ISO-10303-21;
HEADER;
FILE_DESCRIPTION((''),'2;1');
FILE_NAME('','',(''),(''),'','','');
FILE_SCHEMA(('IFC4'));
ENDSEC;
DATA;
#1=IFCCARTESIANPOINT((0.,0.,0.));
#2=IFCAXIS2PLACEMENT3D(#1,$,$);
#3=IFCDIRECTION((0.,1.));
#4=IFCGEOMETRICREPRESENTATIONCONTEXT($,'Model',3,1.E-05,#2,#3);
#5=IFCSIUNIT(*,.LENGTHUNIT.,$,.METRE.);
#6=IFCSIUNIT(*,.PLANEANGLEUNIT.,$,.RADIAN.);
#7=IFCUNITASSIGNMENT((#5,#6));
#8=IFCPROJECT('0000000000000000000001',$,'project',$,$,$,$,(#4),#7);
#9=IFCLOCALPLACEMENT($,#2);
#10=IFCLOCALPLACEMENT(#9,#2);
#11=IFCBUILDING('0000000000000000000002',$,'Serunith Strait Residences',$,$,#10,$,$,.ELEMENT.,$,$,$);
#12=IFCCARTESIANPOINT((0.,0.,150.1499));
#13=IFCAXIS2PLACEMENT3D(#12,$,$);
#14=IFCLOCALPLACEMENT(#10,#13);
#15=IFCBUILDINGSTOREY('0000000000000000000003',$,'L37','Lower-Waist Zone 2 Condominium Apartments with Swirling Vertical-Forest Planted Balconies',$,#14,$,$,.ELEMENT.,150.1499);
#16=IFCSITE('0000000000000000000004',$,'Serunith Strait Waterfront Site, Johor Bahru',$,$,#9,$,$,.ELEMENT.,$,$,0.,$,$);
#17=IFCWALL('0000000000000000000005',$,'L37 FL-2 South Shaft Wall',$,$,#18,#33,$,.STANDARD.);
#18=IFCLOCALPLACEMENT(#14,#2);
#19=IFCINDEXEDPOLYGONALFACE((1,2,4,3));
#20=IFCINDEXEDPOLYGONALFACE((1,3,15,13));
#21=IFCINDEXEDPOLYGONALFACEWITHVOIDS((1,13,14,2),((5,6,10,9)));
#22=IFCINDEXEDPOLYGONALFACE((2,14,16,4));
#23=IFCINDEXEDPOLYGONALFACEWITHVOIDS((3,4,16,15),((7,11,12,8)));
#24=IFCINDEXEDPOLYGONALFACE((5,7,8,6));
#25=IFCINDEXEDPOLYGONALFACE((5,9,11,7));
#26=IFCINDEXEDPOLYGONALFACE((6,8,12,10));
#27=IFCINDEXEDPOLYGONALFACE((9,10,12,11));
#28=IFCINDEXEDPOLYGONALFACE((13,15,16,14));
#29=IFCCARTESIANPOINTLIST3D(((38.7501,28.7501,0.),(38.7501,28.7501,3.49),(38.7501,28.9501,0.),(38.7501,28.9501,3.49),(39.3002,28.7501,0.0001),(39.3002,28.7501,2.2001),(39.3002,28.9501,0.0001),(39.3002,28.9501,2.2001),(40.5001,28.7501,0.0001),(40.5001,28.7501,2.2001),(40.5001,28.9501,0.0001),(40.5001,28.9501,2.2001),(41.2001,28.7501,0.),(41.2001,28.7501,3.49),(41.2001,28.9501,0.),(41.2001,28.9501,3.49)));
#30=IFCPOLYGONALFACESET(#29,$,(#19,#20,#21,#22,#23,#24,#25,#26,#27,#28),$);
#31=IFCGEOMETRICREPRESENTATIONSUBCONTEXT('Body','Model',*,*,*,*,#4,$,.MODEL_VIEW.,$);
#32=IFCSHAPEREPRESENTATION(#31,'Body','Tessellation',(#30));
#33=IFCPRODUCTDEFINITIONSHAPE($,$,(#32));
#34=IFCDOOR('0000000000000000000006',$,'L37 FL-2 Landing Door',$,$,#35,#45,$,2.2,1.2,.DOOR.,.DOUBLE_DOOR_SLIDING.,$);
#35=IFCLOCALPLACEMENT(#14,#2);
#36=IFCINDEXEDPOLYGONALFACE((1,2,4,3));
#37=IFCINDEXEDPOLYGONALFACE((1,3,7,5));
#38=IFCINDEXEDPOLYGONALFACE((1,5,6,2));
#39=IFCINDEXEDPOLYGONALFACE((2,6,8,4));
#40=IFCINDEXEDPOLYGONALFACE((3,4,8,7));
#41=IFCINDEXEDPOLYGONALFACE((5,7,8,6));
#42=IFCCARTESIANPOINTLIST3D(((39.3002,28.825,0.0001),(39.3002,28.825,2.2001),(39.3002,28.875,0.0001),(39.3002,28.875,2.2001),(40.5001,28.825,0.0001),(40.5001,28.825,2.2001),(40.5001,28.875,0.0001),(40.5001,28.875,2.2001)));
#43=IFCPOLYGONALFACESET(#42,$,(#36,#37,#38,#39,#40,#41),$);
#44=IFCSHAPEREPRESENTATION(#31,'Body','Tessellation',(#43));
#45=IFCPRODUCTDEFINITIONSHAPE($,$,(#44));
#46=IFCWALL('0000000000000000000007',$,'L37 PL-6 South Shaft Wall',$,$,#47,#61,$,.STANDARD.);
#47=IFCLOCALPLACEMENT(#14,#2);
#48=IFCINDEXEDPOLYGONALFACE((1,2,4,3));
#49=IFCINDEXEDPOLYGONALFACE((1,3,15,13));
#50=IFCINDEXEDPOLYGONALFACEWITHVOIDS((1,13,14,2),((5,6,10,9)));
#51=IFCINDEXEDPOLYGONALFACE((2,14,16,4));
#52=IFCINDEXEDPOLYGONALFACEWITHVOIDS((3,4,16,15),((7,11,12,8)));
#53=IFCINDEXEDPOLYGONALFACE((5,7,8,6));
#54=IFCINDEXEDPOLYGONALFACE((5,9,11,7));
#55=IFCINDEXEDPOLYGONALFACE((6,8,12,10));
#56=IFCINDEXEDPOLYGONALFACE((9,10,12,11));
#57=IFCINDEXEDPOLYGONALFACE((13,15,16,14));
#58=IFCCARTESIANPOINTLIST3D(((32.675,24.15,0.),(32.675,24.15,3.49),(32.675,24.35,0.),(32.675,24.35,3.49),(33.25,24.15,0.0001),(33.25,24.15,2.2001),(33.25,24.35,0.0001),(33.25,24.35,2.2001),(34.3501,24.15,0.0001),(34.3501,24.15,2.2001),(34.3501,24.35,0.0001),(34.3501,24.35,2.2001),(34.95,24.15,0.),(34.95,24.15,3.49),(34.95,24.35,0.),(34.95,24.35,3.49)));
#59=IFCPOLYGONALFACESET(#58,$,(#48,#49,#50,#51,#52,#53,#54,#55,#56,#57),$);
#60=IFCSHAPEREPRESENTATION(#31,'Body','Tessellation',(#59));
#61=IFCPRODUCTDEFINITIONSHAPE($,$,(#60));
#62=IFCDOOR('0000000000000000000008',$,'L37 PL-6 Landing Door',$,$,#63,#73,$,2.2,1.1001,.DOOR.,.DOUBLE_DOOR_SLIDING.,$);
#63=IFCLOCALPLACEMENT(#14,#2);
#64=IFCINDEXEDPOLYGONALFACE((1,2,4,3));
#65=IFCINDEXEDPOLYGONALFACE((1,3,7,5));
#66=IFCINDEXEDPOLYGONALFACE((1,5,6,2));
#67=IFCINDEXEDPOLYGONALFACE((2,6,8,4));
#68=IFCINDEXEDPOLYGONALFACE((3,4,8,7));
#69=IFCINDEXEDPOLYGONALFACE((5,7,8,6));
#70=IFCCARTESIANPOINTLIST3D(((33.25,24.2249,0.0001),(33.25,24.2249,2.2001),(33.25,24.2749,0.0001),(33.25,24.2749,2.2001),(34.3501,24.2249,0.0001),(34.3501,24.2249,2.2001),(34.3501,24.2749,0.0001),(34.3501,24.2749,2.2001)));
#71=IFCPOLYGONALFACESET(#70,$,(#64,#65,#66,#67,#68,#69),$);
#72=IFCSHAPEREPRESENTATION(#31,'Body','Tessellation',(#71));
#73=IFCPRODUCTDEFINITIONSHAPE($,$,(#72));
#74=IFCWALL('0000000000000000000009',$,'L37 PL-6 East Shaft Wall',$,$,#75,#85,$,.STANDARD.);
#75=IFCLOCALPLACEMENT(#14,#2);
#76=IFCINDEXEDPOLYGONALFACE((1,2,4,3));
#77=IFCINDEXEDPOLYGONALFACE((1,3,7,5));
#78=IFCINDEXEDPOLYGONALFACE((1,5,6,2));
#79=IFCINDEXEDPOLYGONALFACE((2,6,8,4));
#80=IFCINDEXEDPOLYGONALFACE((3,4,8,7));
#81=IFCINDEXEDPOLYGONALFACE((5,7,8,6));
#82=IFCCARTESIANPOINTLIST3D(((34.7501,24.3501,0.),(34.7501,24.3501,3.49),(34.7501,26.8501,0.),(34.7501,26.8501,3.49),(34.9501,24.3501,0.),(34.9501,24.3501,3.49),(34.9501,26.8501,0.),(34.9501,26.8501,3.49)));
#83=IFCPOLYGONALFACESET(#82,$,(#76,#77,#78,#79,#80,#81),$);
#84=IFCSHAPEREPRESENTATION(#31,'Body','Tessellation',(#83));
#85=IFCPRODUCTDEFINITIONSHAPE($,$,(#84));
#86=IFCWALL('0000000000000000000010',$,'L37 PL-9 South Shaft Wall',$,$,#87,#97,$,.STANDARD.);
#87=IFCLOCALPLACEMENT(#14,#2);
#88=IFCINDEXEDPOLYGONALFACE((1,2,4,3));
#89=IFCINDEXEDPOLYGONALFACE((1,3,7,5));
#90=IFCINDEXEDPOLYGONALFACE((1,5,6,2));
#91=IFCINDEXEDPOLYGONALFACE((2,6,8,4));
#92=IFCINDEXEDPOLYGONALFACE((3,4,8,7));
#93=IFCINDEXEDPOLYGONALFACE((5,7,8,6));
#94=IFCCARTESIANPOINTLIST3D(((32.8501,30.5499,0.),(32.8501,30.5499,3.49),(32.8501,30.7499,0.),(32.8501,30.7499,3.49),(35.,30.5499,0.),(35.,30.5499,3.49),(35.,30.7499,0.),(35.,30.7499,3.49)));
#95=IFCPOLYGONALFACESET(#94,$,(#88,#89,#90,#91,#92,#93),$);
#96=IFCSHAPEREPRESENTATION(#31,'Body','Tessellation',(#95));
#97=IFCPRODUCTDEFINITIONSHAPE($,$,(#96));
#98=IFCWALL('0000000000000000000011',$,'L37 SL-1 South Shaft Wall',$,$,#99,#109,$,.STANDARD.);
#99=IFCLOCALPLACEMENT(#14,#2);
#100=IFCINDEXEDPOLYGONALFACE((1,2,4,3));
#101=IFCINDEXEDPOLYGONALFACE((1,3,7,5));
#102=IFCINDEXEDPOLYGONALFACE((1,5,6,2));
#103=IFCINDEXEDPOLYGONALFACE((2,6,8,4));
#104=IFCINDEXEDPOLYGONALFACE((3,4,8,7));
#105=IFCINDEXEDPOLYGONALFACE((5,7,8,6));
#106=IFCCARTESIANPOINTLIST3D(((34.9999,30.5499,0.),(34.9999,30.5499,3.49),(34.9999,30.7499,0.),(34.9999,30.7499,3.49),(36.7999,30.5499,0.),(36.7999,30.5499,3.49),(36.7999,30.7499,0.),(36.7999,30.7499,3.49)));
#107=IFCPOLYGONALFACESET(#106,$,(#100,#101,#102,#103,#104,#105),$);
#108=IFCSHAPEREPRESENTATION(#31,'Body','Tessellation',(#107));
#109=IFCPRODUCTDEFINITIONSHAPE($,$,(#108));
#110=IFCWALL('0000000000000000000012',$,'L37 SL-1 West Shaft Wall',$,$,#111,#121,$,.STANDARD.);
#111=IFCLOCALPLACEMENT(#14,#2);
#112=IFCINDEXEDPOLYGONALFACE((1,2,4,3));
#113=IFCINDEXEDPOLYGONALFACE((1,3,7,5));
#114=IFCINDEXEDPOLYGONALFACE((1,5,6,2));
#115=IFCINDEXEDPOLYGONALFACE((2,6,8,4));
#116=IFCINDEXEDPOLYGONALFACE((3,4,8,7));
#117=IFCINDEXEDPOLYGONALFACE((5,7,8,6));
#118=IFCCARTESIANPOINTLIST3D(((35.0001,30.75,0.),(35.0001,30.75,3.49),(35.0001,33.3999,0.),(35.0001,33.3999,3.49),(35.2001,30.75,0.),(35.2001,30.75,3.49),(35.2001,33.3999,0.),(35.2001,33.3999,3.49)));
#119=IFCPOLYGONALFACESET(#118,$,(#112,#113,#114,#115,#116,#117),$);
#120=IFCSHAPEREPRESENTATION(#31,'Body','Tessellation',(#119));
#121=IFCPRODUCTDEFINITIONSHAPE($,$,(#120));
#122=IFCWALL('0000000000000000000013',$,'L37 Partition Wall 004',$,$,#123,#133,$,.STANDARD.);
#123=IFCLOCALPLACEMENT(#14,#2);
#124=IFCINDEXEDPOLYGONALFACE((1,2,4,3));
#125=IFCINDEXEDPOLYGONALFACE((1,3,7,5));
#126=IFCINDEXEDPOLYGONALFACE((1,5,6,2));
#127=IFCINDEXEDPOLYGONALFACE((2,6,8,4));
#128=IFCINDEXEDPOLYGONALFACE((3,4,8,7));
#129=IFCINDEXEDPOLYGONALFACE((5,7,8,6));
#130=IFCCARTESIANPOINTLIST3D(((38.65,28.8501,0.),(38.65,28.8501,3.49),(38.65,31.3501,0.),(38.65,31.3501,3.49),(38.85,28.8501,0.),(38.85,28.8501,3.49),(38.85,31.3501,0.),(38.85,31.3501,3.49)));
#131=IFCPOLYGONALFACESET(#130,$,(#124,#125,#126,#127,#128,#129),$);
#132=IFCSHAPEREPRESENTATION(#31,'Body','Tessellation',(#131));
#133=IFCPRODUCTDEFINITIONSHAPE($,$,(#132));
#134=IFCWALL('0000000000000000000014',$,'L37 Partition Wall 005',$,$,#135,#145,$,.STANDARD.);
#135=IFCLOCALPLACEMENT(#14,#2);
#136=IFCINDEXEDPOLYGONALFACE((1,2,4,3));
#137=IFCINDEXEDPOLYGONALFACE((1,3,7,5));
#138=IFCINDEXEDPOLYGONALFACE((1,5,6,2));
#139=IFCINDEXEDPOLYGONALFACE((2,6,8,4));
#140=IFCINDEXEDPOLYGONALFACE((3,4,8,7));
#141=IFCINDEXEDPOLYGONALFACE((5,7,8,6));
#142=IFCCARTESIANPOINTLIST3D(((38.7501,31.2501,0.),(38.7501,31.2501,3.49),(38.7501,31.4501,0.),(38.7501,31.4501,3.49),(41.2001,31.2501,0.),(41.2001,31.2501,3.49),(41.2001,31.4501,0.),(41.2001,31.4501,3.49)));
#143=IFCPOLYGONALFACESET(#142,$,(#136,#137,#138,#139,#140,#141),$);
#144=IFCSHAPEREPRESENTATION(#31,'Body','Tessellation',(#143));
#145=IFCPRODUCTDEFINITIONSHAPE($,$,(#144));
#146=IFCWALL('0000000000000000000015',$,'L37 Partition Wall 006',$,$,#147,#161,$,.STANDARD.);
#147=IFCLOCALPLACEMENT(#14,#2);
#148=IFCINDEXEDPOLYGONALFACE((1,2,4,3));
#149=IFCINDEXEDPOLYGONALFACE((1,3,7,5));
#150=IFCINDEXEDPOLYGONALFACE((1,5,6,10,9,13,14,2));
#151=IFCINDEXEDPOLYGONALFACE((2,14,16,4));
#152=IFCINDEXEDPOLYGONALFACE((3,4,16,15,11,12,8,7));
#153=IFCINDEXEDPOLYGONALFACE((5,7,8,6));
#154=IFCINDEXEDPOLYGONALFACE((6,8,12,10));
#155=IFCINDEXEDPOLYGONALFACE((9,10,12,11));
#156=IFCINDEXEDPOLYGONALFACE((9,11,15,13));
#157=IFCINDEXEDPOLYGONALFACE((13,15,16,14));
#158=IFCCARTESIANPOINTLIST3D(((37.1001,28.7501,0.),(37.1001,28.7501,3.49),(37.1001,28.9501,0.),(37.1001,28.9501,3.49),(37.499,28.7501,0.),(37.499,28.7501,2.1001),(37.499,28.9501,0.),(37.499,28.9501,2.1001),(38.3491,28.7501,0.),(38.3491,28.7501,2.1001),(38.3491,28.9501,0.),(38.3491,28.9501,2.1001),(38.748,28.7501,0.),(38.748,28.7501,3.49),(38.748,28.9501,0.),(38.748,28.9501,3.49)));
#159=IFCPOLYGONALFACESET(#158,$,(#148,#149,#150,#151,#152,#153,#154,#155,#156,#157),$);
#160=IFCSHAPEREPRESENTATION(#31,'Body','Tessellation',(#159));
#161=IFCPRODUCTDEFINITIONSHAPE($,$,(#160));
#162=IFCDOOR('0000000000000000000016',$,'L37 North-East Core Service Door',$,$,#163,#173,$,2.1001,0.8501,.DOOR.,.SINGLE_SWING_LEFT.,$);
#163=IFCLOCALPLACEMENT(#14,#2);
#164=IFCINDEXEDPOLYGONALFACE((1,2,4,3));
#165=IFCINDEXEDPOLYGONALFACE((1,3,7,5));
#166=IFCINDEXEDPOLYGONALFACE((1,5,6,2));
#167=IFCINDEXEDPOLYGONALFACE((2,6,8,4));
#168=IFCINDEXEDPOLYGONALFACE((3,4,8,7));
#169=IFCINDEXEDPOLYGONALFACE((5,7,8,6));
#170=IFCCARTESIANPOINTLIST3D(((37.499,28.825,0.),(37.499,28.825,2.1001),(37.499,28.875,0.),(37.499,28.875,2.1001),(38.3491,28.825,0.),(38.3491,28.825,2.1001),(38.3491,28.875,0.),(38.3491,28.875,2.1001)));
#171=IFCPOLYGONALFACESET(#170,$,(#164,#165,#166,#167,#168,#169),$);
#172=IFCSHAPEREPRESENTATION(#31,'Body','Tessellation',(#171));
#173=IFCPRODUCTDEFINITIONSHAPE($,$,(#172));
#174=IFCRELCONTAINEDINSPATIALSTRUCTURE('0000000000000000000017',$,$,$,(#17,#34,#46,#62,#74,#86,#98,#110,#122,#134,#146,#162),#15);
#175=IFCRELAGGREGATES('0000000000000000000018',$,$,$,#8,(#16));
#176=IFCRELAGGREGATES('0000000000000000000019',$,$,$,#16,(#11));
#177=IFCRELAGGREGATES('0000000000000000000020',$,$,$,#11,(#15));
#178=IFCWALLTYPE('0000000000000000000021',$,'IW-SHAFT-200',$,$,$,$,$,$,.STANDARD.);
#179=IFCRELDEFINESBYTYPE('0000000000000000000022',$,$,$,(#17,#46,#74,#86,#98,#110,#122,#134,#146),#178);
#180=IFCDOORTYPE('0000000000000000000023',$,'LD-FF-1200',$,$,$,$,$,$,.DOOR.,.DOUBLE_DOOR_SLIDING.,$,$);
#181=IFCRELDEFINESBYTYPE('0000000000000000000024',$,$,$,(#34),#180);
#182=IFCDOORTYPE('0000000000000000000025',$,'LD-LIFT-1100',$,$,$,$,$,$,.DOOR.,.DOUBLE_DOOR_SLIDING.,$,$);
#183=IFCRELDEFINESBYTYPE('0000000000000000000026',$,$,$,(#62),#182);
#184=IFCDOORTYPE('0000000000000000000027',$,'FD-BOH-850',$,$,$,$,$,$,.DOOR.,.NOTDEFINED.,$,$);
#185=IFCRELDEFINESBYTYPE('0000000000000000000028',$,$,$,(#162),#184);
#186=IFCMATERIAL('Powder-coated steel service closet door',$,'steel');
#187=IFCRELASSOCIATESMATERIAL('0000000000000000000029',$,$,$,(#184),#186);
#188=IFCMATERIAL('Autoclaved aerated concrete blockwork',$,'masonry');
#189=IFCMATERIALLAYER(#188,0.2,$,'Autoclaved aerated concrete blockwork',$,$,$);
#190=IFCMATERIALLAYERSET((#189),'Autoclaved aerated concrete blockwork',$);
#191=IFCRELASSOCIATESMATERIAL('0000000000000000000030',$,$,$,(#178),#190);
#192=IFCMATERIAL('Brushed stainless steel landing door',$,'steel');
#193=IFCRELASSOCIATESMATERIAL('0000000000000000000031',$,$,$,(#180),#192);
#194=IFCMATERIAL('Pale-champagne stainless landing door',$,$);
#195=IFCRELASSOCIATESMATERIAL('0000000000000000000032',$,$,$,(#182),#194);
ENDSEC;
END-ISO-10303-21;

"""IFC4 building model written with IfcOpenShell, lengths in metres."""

from ifc_helpers import new_model, si_unit, direction, frame, frame_2d, origin, place, context, subcontext, project, spatial, rectangle, extrude, source, transform, mapped, material, layer, layer_set, type_object, element, fill, save


model = new_model("IFC4")

# Units and contexts
model_context = context("Model", 3, precision=1e-05, world=origin(), true_north=direction((0.0, 1.0)))
body_context = subcontext(model_context, "Body", "Model", "MODEL_VIEW")
ifc_project = project(units=[si_unit("LENGTHUNIT", "METRE"), si_unit("PLANEANGLEUNIT", "RADIAN")], contexts=[model_context])

# Site, building, storey
site_placement = place(None, origin())
site = spatial("IfcSite", under=ifc_project, at=site_placement, Name="Serunith Strait Waterfront Site, Johor Bahru", CompositionType="ELEMENT", RefElevation=0.0)
building_placement = place(site_placement, origin())
building = spatial("IfcBuilding", under=site, at=building_placement, Name="Serunith Strait Residences", CompositionType="ELEMENT")
storey_placement = place(building_placement, frame((0.0, 0.0, 150.1499)))
storey = spatial("IfcBuildingStorey", under=building, at=storey_placement, Name="L37", Description="Lower-Waist Zone 2 Condominium Apartments with Swirling Vertical-Forest Planted Balconies", CompositionType="ELEMENT", Elevation=150.1499)

# Walls, openings, doors
ifc_material_1 = material(Name="Powder-coated steel service closet door", Category="steel")
door_type_1 = type_object("IfcDoorType", Name="FD-BOH-850", OperationType="NOTDEFINED", PredefinedType="DOOR", material=ifc_material_1)
shared_shape_1 = source(origin(), body_context, "Body", "SweptSolid", [
    extrude(rectangle(XDim=0.8501, YDim=2.1001, at=frame_2d((0.425, 1.05))), frame((0.0, 0.0249, 0.0), z_axis=(0.0, -1.0, 0.0), x_axis=(1.0, 0.0, 0.0)), (0.0, 0.0, 1.0), 0.05),
])
ifc_material_2 = material(Name="Autoclaved aerated concrete blockwork", Category="masonry")
ifc_layer_1 = layer(ifc_material_2, 0.2, Name="Autoclaved aerated concrete blockwork")
ifc_layer_set_1 = layer_set([ifc_layer_1], Name="Autoclaved aerated concrete blockwork")
wall_type_1 = type_object("IfcWallType", Name="IW-SHAFT-200", PredefinedType="STANDARD", material=ifc_layer_set_1)
wall_1_placement = place(storey_placement, frame((38.75, 28.8501, 0.0), z_axis=(0.0, 0.0, 1.0), x_axis=(1.0, 0.0, 0.0)))
wall_1 = element("IfcWall", 1, at=wall_1_placement, inside=storey, type_object=wall_type_1, Name="L37 FL-2 South Shaft Wall", PredefinedType="STANDARD", context=body_context, shape_type="SweptSolid", body=[
    extrude(rectangle(XDim=2.45, YDim=0.2, at=frame_2d((1.2251, 0.0))), origin(), (0.0, 0.0, 1.0), 3.49),
])
opening_1_placement = place(wall_1_placement, frame((0.55, 0.0, 0.0)))
opening_1 = element("IfcOpeningElement", 2, at=opening_1_placement, cuts=wall_1, PredefinedType="OPENING", context=body_context, shape_type="SweptSolid", body=[
    extrude(rectangle(XDim=1.2, YDim=2.2, at=frame_2d((0.6001, 1.1001))), frame((0.0, 0.1099, 0.0), z_axis=(0.0, -1.0, 0.0), x_axis=(1.0, 0.0, 0.0)), (0.0, 0.0, 1.0), 0.22),
])
ifc_material_3 = material(Name="Brushed stainless steel landing door", Category="steel")
door_type_2 = type_object("IfcDoorType", Name="LD-FF-1200", OperationType="DOUBLE_DOOR_SLIDING", PredefinedType="DOOR", material=ifc_material_3)
shared_shape_2 = source(origin(), body_context, "Body", "SweptSolid", [
    extrude(rectangle(XDim=1.2, YDim=2.2, at=frame_2d((0.6001, 1.1001))), frame((0.0, 0.0249, 0.0), z_axis=(0.0, -1.0, 0.0), x_axis=(1.0, 0.0, 0.0)), (0.0, 0.0, 1.0), 0.05),
])
door_1_placement = place(opening_1_placement, origin())
door_1 = element("IfcDoor", 3, at=door_1_placement, inside=storey, type_object=door_type_2, Name="L37 FL-2 Landing Door", OperationType="DOUBLE_DOOR_SLIDING", OverallHeight=2.2, OverallWidth=1.2, PredefinedType="DOOR", context=body_context, shape_type="MappedRepresentation", body=[
    mapped(shared_shape_2, transform((0.0, 0.0, 0.0), scale=1.0)),
])
fill(opening_1, door_1)
wall_2_placement = place(storey_placement, frame((32.675, 24.25, 0.0), z_axis=(0.0, 0.0, 1.0), x_axis=(1.0, 0.0, 0.0)))
wall_2 = element("IfcWall", 4, at=wall_2_placement, inside=storey, type_object=wall_type_1, Name="L37 PL-6 South Shaft Wall", PredefinedType="STANDARD", context=body_context, shape_type="SweptSolid", body=[
    extrude(rectangle(XDim=2.2749, YDim=0.2, at=frame_2d((1.1375, 0.0))), origin(), (0.0, 0.0, 1.0), 3.49),
])
opening_2_placement = place(wall_2_placement, frame((0.575, 0.0, 0.0)))
opening_2 = element("IfcOpeningElement", 5, at=opening_2_placement, cuts=wall_2, PredefinedType="OPENING", context=body_context, shape_type="SweptSolid", body=[
    extrude(rectangle(XDim=1.1001, YDim=2.2, at=frame_2d((0.55, 1.1001))), frame((0.0, 0.1099, 0.0), z_axis=(0.0, -1.0, 0.0), x_axis=(1.0, 0.0, 0.0)), (0.0, 0.0, 1.0), 0.22),
])
ifc_material_4 = material(Name="Pale-champagne stainless landing door")
door_type_3 = type_object("IfcDoorType", Name="LD-LIFT-1100", OperationType="DOUBLE_DOOR_SLIDING", PredefinedType="DOOR", material=ifc_material_4)
shared_shape_3 = source(origin(), body_context, "Body", "SweptSolid", [
    extrude(rectangle(XDim=1.1001, YDim=2.2, at=frame_2d((0.55, 1.1001))), frame((0.0, 0.0249, 0.0), z_axis=(0.0, -1.0, 0.0), x_axis=(1.0, 0.0, 0.0)), (0.0, 0.0, 1.0), 0.05),
])
door_2_placement = place(opening_2_placement, origin())
door_2 = element("IfcDoor", 6, at=door_2_placement, inside=storey, type_object=door_type_3, Name="L37 PL-6 Landing Door", OperationType="DOUBLE_DOOR_SLIDING", OverallHeight=2.2, OverallWidth=1.1001, PredefinedType="DOOR", context=body_context, shape_type="MappedRepresentation", body=[
    mapped(shared_shape_3, transform((0.0, 0.0, 0.0), scale=1.0)),
])
fill(opening_2, door_2)

# Walls
wall_3_placement = place(storey_placement, frame((34.8501, 24.3501, 0.0), z_axis=(0.0, 0.0, 1.0), x_axis=(0.0, 1.0, 0.0)))
element("IfcWall", 7, at=wall_3_placement, inside=storey, type_object=wall_type_1, Name="L37 PL-6 East Shaft Wall", PredefinedType="STANDARD", context=body_context, shape_type="SweptSolid", body=[
    extrude(rectangle(XDim=2.5, YDim=0.2, at=frame_2d((1.25, 0.0))), origin(), (0.0, 0.0, 1.0), 3.49),
])
wall_4_placement = place(storey_placement, frame((32.8501, 30.6499, 0.0), z_axis=(0.0, 0.0, 1.0), x_axis=(1.0, 0.0, 0.0)))
element("IfcWall", 8, at=wall_4_placement, inside=storey, type_object=wall_type_1, Name="L37 PL-9 South Shaft Wall", PredefinedType="STANDARD", context=body_context, shape_type="SweptSolid", body=[
    extrude(rectangle(XDim=2.1499, YDim=0.2, at=frame_2d((1.075, 0.0))), origin(), (0.0, 0.0, 1.0), 3.49),
])
wall_5_placement = place(storey_placement, frame((35.0, 30.6499, 0.0), z_axis=(0.0, 0.0, 1.0), x_axis=(1.0, 0.0, 0.0)))
element("IfcWall", 9, at=wall_5_placement, inside=storey, type_object=wall_type_1, Name="L37 SL-1 South Shaft Wall", PredefinedType="STANDARD", context=body_context, shape_type="SweptSolid", body=[
    extrude(rectangle(XDim=1.8, YDim=0.2, at=frame_2d((0.8999, 0.0))), origin(), (0.0, 0.0, 1.0), 3.49),
])
wall_6_placement = place(storey_placement, frame((35.1001, 30.75, 0.0), z_axis=(0.0, 0.0, 1.0), x_axis=(0.0, 1.0, 0.0)))
element("IfcWall", 10, at=wall_6_placement, inside=storey, type_object=wall_type_1, Name="L37 SL-1 West Shaft Wall", PredefinedType="STANDARD", context=body_context, shape_type="SweptSolid", body=[
    extrude(rectangle(XDim=2.6499, YDim=0.2, at=frame_2d((1.325, 0.0))), origin(), (0.0, 0.0, 1.0), 3.49),
])
wall_7_placement = place(storey_placement, frame((38.75, 28.8501, 0.0), z_axis=(0.0, 0.0, 1.0), x_axis=(0.0, 1.0, 0.0)))
element("IfcWall", 11, at=wall_7_placement, inside=storey, type_object=wall_type_1, Name="L37 Partition Wall 004", PredefinedType="STANDARD", context=body_context, shape_type="SweptSolid", body=[
    extrude(rectangle(XDim=2.5, YDim=0.2, at=frame_2d((1.25, 0.0))), origin(), (0.0, 0.0, 1.0), 3.49),
])
wall_8_placement = place(storey_placement, frame((38.75, 31.3501, 0.0), z_axis=(0.0, 0.0, 1.0), x_axis=(1.0, 0.0, 0.0)))
element("IfcWall", 12, at=wall_8_placement, inside=storey, type_object=wall_type_1, Name="L37 Partition Wall 005", PredefinedType="STANDARD", context=body_context, shape_type="SweptSolid", body=[
    extrude(rectangle(XDim=2.45, YDim=0.2, at=frame_2d((1.2251, 0.0))), origin(), (0.0, 0.0, 1.0), 3.49),
])

# Wall, opening, door
wall_9_placement = place(storey_placement, frame((37.1001, 28.8501, 0.0), z_axis=(0.0, 0.0, 1.0), x_axis=(1.0, 0.0, 0.0)))
wall_9 = element("IfcWall", 13, at=wall_9_placement, inside=storey, type_object=wall_type_1, Name="L37 Partition Wall 006", PredefinedType="STANDARD", context=body_context, shape_type="SweptSolid", body=[
    extrude(rectangle(XDim=1.6479, YDim=0.2, at=frame_2d((0.824, 0.0))), origin(), (0.0, 0.0, 1.0), 3.49),
])
opening_3_placement = place(wall_9_placement, frame((0.3989, 0.0, 0.0)))
opening_3 = element("IfcOpeningElement", 14, at=opening_3_placement, cuts=wall_9, PredefinedType="OPENING", context=body_context, shape_type="SweptSolid", body=[
    extrude(rectangle(XDim=0.8501, YDim=2.1001, at=frame_2d((0.425, 1.05))), frame((0.0, 0.1099, 0.0), z_axis=(0.0, -1.0, 0.0), x_axis=(1.0, 0.0, 0.0)), (0.0, 0.0, 1.0), 0.22),
])
door_3_placement = place(opening_3_placement, origin())
door_3 = element("IfcDoor", 15, at=door_3_placement, inside=storey, type_object=door_type_1, Name="L37 North-East Core Service Door", OperationType="SINGLE_SWING_LEFT", OverallHeight=2.1001, OverallWidth=0.8501, PredefinedType="DOOR", context=body_context, shape_type="MappedRepresentation", body=[
    mapped(shared_shape_1, transform((0.0, 0.0, 0.0), scale=1.0)),
])
fill(opening_3, door_3)

save(model, "model.ifc")
